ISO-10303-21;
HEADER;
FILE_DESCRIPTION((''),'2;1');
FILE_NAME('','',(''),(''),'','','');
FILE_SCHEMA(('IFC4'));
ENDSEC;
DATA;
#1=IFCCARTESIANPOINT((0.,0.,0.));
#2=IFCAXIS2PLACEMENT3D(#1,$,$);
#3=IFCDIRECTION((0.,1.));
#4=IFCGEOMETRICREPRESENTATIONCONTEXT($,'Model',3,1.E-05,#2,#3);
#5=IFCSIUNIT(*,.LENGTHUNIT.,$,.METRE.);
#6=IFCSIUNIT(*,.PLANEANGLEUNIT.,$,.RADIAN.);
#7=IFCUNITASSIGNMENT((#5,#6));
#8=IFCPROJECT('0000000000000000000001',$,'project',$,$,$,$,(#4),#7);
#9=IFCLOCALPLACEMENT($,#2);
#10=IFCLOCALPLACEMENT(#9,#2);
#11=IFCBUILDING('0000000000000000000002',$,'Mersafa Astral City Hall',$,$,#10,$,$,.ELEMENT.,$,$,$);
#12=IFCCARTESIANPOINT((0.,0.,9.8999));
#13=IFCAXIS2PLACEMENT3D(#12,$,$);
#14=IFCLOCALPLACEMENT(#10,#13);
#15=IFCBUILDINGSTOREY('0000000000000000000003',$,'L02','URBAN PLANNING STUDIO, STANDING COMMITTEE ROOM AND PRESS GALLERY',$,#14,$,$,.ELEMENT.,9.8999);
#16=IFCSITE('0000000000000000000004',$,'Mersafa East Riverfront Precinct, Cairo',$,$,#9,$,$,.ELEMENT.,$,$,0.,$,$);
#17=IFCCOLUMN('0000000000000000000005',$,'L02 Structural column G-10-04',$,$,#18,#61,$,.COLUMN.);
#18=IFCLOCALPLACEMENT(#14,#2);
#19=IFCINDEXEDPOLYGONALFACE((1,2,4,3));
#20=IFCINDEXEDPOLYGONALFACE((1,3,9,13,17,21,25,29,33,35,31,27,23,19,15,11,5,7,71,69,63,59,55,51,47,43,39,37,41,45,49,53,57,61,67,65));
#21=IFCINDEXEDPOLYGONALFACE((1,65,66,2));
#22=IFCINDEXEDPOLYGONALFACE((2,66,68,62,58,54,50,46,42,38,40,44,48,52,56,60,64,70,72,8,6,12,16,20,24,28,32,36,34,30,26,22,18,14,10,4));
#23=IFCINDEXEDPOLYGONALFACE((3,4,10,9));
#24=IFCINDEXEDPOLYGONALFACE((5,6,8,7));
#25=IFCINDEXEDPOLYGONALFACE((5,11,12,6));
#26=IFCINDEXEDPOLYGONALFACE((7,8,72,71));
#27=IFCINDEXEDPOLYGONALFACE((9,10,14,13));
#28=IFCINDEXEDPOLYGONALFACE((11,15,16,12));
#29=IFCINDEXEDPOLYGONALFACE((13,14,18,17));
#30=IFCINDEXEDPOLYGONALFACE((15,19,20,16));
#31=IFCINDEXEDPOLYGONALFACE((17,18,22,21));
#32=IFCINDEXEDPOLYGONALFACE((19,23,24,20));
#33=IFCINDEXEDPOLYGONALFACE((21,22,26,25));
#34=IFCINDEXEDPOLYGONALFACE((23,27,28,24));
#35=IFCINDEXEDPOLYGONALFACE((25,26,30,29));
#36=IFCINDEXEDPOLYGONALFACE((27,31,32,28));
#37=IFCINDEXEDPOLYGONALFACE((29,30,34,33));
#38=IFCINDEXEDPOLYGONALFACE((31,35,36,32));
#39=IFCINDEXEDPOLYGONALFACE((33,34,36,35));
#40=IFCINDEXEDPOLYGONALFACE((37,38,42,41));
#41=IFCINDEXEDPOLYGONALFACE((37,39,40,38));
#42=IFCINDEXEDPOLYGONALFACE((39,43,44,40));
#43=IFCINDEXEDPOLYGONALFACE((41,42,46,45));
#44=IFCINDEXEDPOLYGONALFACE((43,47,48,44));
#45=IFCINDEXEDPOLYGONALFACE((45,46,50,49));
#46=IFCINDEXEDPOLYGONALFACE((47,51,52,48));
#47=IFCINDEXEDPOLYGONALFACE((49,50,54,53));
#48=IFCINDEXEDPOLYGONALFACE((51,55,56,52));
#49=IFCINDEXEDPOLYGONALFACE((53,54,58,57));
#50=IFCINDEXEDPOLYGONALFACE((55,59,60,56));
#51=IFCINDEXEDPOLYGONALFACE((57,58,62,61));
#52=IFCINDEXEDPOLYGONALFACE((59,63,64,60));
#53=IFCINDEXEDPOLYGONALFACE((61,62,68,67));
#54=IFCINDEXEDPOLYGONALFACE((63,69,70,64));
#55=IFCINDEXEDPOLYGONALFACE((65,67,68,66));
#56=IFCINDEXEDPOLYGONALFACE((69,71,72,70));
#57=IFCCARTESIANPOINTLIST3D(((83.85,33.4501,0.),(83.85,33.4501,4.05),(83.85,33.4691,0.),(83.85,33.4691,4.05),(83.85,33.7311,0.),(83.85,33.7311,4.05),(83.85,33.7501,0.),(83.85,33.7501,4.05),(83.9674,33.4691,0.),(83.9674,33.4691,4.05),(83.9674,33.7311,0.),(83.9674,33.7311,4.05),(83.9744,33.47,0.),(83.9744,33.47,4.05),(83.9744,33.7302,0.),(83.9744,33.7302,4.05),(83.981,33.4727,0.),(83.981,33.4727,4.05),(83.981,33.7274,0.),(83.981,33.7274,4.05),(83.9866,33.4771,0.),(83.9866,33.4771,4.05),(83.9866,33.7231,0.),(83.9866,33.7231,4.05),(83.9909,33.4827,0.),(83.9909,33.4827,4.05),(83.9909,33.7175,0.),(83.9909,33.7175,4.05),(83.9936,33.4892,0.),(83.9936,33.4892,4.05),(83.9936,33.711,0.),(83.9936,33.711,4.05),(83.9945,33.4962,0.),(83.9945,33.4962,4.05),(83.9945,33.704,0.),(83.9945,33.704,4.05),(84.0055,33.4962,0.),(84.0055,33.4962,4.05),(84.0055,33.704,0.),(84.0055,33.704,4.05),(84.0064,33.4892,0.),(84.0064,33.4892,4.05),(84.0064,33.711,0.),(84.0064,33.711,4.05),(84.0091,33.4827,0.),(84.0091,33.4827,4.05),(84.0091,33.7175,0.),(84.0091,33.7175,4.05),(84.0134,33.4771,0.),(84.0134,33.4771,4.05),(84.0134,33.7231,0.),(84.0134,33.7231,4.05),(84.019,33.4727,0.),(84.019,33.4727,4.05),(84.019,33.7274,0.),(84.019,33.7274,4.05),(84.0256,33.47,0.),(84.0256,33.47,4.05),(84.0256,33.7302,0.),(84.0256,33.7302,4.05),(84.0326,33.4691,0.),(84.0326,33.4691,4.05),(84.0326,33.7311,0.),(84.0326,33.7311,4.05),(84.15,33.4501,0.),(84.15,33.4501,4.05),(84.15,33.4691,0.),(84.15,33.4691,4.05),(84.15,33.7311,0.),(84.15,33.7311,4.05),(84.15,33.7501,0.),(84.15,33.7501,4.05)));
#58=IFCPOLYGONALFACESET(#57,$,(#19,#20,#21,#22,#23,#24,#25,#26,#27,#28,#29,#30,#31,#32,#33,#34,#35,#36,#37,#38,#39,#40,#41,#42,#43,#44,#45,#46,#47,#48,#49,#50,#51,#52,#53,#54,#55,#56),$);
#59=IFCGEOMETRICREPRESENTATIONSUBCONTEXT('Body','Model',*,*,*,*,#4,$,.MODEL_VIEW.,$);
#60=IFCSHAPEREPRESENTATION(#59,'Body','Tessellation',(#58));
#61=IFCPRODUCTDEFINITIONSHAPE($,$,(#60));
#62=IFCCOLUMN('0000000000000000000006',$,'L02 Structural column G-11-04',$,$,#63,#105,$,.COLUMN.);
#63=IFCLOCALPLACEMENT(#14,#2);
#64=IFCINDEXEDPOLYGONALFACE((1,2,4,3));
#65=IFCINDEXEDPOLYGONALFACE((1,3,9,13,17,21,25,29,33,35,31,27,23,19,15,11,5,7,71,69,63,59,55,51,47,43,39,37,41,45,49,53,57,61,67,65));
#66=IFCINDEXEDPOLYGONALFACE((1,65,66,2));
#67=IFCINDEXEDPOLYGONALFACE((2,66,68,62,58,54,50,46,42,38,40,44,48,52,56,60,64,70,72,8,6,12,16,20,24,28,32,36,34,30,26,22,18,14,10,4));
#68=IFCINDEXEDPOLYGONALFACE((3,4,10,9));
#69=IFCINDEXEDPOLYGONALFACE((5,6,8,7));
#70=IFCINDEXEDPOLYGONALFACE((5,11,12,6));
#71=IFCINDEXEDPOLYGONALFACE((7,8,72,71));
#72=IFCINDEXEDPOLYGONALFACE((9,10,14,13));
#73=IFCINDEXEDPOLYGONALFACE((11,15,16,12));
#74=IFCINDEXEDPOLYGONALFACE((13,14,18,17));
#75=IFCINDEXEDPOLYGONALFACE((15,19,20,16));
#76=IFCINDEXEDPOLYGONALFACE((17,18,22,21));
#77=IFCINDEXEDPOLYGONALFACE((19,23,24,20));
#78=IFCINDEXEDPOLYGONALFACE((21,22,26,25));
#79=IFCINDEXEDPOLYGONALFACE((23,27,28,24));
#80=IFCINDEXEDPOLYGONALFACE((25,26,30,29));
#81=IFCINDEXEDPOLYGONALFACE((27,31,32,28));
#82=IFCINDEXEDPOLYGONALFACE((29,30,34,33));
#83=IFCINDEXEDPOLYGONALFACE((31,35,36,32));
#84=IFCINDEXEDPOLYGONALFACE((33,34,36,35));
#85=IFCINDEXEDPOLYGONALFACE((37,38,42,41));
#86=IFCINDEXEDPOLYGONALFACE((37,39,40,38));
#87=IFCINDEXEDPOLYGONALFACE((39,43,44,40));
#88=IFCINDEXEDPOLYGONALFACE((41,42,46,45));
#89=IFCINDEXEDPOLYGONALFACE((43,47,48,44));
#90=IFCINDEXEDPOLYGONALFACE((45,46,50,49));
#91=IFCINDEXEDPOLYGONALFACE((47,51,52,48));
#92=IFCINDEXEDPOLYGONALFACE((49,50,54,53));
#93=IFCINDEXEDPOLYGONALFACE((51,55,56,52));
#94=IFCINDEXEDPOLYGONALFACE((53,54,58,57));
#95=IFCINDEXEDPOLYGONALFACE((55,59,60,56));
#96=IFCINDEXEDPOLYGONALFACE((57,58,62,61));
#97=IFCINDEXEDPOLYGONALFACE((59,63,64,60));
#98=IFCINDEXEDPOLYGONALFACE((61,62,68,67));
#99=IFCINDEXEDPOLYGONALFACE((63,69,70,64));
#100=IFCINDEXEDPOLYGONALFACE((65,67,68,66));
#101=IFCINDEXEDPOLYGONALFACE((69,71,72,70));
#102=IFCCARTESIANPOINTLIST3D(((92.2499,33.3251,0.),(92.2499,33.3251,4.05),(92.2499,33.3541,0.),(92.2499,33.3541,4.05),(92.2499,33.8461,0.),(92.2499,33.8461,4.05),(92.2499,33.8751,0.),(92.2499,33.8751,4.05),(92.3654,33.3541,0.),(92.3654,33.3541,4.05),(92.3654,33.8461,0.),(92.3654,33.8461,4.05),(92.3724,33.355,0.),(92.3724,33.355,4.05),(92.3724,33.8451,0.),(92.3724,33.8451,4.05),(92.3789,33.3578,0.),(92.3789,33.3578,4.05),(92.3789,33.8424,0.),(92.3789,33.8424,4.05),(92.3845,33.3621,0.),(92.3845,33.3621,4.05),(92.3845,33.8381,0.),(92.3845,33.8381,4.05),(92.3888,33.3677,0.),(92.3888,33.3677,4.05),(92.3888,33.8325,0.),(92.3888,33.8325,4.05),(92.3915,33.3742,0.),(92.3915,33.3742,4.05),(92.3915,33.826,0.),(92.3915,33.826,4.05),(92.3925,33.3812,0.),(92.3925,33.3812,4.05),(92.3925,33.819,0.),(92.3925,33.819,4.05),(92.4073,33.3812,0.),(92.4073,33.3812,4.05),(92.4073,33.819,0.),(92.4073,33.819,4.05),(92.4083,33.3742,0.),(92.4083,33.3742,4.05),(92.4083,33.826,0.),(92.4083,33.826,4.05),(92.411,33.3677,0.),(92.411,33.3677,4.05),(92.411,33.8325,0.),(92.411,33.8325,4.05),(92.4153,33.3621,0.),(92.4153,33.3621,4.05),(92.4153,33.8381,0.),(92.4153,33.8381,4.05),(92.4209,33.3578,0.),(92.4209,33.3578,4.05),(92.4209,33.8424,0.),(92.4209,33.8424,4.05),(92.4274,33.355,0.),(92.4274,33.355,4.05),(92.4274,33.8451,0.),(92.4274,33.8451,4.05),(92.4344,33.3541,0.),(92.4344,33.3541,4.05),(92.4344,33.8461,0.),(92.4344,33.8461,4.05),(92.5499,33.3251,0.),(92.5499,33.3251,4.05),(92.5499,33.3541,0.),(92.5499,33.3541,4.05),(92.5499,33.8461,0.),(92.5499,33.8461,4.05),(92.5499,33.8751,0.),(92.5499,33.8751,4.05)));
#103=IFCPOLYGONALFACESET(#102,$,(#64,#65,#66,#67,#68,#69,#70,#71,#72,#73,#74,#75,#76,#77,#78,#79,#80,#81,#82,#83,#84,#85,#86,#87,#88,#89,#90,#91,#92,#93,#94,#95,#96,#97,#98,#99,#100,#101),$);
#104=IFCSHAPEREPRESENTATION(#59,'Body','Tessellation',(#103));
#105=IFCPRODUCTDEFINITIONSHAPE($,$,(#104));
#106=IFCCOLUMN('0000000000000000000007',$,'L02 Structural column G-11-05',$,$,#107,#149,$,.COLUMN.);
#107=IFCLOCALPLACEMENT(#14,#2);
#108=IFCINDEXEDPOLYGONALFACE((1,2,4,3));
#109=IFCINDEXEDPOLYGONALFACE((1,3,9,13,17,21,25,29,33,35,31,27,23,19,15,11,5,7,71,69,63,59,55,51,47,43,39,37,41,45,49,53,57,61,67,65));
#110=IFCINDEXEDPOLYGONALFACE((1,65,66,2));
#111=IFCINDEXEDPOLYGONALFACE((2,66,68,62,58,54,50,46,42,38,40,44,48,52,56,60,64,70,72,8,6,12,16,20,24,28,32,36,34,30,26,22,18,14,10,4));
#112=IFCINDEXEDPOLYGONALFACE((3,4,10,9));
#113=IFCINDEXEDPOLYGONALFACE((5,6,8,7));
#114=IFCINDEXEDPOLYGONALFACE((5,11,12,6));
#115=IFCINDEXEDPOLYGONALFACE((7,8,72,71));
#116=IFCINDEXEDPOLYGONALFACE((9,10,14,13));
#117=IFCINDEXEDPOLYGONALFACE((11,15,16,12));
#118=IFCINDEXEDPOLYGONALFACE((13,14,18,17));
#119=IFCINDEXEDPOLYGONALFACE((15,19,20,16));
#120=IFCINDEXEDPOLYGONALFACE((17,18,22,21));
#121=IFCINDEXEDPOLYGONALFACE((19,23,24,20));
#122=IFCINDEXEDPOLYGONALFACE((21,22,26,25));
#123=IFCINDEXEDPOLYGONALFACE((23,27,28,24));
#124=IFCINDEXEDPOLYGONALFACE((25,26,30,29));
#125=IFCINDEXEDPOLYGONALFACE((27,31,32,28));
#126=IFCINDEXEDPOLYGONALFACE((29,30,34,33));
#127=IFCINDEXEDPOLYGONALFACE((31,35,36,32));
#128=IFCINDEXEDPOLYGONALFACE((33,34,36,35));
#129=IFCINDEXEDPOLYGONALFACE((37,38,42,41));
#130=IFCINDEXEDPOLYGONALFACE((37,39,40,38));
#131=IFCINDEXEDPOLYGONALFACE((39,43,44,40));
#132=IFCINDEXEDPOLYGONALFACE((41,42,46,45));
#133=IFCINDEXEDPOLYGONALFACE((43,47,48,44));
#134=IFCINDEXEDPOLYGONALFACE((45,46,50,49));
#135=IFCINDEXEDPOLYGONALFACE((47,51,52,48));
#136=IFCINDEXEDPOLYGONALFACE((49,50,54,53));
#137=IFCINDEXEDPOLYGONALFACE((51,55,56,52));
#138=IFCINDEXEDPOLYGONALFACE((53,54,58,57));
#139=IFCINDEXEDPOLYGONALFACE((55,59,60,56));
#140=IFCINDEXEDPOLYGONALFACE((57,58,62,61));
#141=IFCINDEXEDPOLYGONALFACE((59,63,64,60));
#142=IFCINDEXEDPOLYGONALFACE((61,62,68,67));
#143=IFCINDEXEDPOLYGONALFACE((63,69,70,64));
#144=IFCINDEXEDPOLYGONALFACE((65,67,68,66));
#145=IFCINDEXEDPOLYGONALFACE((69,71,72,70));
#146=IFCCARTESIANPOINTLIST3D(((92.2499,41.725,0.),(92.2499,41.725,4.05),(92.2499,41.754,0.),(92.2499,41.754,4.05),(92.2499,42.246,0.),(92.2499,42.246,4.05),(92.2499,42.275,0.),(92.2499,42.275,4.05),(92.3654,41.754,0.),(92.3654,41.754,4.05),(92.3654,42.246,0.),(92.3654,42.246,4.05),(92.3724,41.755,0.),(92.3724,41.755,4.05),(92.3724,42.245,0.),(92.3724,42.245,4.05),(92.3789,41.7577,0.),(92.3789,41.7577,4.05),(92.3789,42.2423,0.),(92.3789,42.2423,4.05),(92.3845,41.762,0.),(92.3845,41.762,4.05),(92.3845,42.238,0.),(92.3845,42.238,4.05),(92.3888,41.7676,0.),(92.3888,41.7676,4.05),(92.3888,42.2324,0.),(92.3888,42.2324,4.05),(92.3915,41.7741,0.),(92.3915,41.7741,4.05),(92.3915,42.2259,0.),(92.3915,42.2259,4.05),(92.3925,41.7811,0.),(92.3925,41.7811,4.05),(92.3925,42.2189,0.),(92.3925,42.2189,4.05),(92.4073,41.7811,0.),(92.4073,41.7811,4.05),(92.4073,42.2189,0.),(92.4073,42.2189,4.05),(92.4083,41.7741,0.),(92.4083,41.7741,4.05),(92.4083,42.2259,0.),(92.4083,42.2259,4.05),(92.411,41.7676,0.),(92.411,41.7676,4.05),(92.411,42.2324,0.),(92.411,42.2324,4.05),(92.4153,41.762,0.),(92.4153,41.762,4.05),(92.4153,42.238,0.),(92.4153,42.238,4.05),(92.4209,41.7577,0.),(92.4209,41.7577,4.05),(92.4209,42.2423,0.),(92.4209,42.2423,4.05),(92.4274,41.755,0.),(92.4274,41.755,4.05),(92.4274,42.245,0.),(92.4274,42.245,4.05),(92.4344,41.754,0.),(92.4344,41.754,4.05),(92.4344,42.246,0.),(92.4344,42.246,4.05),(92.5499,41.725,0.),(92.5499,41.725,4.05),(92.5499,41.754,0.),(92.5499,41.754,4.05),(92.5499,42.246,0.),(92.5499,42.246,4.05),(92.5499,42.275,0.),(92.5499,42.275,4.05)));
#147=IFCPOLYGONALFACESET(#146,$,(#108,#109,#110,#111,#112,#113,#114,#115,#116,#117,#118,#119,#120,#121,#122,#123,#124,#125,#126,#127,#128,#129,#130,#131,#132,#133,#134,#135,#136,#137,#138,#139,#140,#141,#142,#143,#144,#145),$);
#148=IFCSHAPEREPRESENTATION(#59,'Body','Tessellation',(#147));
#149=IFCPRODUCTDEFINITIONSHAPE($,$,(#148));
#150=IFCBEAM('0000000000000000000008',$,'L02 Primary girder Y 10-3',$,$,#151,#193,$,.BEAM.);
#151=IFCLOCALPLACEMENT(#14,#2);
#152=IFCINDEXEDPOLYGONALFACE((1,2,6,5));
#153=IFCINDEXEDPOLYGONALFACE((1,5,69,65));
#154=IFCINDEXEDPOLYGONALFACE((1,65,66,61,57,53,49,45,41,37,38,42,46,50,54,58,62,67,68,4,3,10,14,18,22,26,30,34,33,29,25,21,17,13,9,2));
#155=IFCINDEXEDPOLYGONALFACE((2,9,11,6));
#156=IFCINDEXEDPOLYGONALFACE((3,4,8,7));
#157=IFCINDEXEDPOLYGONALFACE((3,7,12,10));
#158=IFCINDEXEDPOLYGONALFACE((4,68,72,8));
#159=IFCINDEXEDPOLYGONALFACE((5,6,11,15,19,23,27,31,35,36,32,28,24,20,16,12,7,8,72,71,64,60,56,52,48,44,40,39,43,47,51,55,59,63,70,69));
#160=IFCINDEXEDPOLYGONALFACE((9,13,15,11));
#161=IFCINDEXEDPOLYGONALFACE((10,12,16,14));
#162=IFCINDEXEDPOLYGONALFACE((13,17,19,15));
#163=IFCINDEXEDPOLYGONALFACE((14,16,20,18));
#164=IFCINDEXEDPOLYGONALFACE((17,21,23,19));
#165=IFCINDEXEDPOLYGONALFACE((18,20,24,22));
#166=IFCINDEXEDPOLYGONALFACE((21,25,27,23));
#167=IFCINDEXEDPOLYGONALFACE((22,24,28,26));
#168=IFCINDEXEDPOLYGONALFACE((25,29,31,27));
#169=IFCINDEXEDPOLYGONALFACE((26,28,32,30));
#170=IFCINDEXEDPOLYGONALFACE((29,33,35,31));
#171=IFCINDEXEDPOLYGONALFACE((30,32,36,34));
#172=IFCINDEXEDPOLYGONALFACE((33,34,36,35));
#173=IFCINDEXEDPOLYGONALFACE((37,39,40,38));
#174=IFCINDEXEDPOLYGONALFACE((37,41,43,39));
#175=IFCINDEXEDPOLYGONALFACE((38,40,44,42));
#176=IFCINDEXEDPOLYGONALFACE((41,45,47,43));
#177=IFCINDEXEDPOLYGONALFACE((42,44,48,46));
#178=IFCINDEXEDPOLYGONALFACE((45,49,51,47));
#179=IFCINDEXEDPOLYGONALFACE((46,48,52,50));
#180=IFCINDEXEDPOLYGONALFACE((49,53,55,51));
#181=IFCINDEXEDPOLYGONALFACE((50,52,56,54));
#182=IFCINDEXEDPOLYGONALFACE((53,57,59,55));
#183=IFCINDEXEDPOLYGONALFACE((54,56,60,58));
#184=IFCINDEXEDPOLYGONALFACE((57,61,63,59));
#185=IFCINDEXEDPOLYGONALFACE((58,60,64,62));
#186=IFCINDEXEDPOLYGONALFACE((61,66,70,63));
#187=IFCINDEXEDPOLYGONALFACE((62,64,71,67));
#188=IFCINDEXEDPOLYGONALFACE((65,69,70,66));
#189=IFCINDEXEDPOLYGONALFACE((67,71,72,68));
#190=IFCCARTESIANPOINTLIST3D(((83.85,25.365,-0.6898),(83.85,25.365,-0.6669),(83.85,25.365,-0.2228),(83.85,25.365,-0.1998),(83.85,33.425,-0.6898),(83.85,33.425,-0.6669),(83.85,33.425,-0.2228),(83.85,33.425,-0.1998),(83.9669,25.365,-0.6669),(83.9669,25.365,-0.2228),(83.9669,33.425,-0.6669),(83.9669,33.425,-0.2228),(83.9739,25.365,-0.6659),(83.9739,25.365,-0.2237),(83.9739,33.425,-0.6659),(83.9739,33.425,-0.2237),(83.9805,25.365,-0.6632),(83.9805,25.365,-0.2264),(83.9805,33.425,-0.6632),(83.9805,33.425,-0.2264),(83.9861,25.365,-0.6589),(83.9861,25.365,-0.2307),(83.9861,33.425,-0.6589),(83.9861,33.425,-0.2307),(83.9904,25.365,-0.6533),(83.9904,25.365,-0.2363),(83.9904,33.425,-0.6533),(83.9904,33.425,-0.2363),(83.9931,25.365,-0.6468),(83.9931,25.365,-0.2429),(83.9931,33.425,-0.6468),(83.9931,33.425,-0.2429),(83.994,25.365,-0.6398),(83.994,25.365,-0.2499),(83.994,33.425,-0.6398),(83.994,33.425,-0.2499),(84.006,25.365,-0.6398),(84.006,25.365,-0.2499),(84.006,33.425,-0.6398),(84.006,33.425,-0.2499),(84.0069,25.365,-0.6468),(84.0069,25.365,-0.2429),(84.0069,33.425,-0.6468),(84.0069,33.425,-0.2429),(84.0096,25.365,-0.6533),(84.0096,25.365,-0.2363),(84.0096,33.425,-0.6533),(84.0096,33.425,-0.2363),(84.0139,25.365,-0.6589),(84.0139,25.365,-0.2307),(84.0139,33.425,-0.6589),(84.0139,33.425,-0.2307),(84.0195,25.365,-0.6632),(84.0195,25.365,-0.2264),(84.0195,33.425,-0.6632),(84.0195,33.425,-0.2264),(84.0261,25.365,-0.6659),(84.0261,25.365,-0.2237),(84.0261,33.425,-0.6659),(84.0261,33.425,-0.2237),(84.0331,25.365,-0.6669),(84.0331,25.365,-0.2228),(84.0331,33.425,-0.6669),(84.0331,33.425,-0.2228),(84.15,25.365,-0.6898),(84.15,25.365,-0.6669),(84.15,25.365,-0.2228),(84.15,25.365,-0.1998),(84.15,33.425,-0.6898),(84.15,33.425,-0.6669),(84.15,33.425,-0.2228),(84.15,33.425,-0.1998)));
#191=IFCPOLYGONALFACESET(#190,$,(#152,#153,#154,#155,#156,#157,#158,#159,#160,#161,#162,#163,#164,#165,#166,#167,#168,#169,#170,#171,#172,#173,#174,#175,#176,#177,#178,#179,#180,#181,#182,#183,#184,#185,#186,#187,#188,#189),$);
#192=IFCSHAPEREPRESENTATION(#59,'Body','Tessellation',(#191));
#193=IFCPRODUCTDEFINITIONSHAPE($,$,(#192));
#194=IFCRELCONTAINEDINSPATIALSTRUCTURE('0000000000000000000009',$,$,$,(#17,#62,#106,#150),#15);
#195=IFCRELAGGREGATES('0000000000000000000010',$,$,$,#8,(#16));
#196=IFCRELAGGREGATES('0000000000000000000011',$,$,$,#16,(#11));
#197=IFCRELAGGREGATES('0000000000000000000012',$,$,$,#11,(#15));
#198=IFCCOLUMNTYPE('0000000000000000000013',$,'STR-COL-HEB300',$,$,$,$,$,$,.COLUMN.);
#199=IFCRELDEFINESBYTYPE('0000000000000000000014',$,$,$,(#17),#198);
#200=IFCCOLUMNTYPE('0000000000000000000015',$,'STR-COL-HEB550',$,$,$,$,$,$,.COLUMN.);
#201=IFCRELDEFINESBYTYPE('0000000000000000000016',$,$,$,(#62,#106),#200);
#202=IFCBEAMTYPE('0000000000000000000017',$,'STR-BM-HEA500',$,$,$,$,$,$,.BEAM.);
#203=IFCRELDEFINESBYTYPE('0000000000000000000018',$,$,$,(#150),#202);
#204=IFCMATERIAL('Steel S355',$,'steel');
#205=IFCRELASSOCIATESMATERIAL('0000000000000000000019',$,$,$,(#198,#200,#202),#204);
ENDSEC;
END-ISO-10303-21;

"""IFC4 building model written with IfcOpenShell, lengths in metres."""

from ifc_helpers import new_model, si_unit, direction, frame, origin, origin_2d, place, context, subcontext, project, spatial, i_section, extrude, material, material_profile, profile_set, type_object, element, save


model = new_model("IFC4")

# Units and contexts
model_context = context("Model", 3, precision=1e-05, world=origin(), true_north=direction((0.0, 1.0)))
body_context = subcontext(model_context, "Body", "Model", "MODEL_VIEW")
ifc_project = project(units=[si_unit("LENGTHUNIT", "METRE"), si_unit("PLANEANGLEUNIT", "RADIAN")], contexts=[model_context])

# Site, building, storey
site_placement = place(None, origin())
site = spatial("IfcSite", under=ifc_project, at=site_placement, Name="Mersafa East Riverfront Precinct, Cairo", CompositionType="ELEMENT", RefElevation=0.0)
building_placement = place(site_placement, origin())
building = spatial("IfcBuilding", under=site, at=building_placement, Name="Mersafa Astral City Hall", CompositionType="ELEMENT")
storey_placement = place(building_placement, frame((0.0, 0.0, 9.8999)))
storey = spatial("IfcBuildingStorey", under=building, at=storey_placement, Name="L02", Description="URBAN PLANNING STUDIO, STANDING COMMITTEE ROOM AND PRESS GALLERY", CompositionType="ELEMENT", Elevation=9.8999)

# Columns
ifc_material_1 = material(Name="Steel S355", Category="steel")
ifc_material_profile_1 = material_profile(ifc_material_1, i_section(OverallWidth=0.3, OverallDepth=0.3, WebThickness=0.011, FlangeThickness=0.019, FilletRadius=0.0271, at=origin_2d()), Name="HEB 300")
ifc_profile_set_1 = profile_set([ifc_material_profile_1], Name="Steel S355")
column_type_1 = type_object("IfcColumnType", Name="STR-COL-HEB300", PredefinedType="COLUMN", material=ifc_profile_set_1)
column_placement = place(storey_placement, frame((84.0, 33.6001, 0.0), z_axis=(0.0, 0.0, 1.0), x_axis=(1.0, 0.0, 0.0)))
element("IfcColumn", 1, at=column_placement, inside=storey, type_object=column_type_1, Name="L02 Structural column G-10-04", PredefinedType="COLUMN", context=body_context, shape_type="SweptSolid", body=[
    extrude(i_section(OverallWidth=0.3, OverallDepth=0.3, WebThickness=0.011, FlangeThickness=0.019, FilletRadius=0.0271, at=origin_2d()), origin(), (0.0, 0.0, 1.0), 4.05),
])
ifc_material_profile_2 = material_profile(ifc_material_1, i_section(OverallWidth=0.3, OverallDepth=0.55, WebThickness=0.0149, FlangeThickness=0.0291, FilletRadius=0.0271, at=origin_2d()), Name="HEB 550")
ifc_profile_set_2 = profile_set([ifc_material_profile_2], Name="Steel S355")
column_type_2 = type_object("IfcColumnType", Name="STR-COL-HEB550", PredefinedType="COLUMN", material=ifc_profile_set_2)
for number, where, z_axis, x_axis, name in (
    (2, (92.3999, 33.6001, 0.0), (0.0, 0.0, 1.0), (1.0, 0.0, 0.0), "L02 Structural column G-11-04"),
    (3, (92.3999, 42.0, 0.0), (0.0, 0.0, 1.0), (1.0, 0.0, 0.0), "L02 Structural column G-11-05"),
):
    element("IfcColumn", number, at=place(storey_placement, frame(where, z_axis=z_axis, x_axis=x_axis)), inside=storey, type_object=column_type_2, Name=name, PredefinedType="COLUMN", context=body_context, shape_type="SweptSolid", body=[
        extrude(i_section(OverallWidth=0.3, OverallDepth=0.55, WebThickness=0.0149, FlangeThickness=0.0291, FilletRadius=0.0271, at=origin_2d()), origin(), (0.0, 0.0, 1.0), 4.05),
    ])

# Beam
ifc_material_profile_3 = material_profile(ifc_material_1, i_section(OverallWidth=0.3, OverallDepth=0.49, WebThickness=0.012, FlangeThickness=0.0229, FilletRadius=0.0271, at=origin_2d()), Name="HEA 500")
ifc_profile_set_3 = profile_set([ifc_material_profile_3], Name="Steel S355")
beam_type_1 = type_object("IfcBeamType", Name="STR-BM-HEA500", PredefinedType="BEAM", material=ifc_profile_set_3)
beam_1_placement = place(storey_placement, frame((84.0, 25.365, -0.4448), z_axis=(0.0, 1.0, 0.0), x_axis=(-1.0, 0.0, 0.0)))
element("IfcBeam", 4, at=beam_1_placement, inside=storey, type_object=beam_type_1, Name="L02 Primary girder Y 10-3", PredefinedType="BEAM", context=body_context, shape_type="SweptSolid", body=[
    extrude(i_section(OverallWidth=0.3, OverallDepth=0.49, WebThickness=0.012, FlangeThickness=0.0229, FilletRadius=0.0271, at=origin_2d()), origin(), (0.0, 0.0, 1.0), 8.0601),
])

save(model, "model.ifc")
